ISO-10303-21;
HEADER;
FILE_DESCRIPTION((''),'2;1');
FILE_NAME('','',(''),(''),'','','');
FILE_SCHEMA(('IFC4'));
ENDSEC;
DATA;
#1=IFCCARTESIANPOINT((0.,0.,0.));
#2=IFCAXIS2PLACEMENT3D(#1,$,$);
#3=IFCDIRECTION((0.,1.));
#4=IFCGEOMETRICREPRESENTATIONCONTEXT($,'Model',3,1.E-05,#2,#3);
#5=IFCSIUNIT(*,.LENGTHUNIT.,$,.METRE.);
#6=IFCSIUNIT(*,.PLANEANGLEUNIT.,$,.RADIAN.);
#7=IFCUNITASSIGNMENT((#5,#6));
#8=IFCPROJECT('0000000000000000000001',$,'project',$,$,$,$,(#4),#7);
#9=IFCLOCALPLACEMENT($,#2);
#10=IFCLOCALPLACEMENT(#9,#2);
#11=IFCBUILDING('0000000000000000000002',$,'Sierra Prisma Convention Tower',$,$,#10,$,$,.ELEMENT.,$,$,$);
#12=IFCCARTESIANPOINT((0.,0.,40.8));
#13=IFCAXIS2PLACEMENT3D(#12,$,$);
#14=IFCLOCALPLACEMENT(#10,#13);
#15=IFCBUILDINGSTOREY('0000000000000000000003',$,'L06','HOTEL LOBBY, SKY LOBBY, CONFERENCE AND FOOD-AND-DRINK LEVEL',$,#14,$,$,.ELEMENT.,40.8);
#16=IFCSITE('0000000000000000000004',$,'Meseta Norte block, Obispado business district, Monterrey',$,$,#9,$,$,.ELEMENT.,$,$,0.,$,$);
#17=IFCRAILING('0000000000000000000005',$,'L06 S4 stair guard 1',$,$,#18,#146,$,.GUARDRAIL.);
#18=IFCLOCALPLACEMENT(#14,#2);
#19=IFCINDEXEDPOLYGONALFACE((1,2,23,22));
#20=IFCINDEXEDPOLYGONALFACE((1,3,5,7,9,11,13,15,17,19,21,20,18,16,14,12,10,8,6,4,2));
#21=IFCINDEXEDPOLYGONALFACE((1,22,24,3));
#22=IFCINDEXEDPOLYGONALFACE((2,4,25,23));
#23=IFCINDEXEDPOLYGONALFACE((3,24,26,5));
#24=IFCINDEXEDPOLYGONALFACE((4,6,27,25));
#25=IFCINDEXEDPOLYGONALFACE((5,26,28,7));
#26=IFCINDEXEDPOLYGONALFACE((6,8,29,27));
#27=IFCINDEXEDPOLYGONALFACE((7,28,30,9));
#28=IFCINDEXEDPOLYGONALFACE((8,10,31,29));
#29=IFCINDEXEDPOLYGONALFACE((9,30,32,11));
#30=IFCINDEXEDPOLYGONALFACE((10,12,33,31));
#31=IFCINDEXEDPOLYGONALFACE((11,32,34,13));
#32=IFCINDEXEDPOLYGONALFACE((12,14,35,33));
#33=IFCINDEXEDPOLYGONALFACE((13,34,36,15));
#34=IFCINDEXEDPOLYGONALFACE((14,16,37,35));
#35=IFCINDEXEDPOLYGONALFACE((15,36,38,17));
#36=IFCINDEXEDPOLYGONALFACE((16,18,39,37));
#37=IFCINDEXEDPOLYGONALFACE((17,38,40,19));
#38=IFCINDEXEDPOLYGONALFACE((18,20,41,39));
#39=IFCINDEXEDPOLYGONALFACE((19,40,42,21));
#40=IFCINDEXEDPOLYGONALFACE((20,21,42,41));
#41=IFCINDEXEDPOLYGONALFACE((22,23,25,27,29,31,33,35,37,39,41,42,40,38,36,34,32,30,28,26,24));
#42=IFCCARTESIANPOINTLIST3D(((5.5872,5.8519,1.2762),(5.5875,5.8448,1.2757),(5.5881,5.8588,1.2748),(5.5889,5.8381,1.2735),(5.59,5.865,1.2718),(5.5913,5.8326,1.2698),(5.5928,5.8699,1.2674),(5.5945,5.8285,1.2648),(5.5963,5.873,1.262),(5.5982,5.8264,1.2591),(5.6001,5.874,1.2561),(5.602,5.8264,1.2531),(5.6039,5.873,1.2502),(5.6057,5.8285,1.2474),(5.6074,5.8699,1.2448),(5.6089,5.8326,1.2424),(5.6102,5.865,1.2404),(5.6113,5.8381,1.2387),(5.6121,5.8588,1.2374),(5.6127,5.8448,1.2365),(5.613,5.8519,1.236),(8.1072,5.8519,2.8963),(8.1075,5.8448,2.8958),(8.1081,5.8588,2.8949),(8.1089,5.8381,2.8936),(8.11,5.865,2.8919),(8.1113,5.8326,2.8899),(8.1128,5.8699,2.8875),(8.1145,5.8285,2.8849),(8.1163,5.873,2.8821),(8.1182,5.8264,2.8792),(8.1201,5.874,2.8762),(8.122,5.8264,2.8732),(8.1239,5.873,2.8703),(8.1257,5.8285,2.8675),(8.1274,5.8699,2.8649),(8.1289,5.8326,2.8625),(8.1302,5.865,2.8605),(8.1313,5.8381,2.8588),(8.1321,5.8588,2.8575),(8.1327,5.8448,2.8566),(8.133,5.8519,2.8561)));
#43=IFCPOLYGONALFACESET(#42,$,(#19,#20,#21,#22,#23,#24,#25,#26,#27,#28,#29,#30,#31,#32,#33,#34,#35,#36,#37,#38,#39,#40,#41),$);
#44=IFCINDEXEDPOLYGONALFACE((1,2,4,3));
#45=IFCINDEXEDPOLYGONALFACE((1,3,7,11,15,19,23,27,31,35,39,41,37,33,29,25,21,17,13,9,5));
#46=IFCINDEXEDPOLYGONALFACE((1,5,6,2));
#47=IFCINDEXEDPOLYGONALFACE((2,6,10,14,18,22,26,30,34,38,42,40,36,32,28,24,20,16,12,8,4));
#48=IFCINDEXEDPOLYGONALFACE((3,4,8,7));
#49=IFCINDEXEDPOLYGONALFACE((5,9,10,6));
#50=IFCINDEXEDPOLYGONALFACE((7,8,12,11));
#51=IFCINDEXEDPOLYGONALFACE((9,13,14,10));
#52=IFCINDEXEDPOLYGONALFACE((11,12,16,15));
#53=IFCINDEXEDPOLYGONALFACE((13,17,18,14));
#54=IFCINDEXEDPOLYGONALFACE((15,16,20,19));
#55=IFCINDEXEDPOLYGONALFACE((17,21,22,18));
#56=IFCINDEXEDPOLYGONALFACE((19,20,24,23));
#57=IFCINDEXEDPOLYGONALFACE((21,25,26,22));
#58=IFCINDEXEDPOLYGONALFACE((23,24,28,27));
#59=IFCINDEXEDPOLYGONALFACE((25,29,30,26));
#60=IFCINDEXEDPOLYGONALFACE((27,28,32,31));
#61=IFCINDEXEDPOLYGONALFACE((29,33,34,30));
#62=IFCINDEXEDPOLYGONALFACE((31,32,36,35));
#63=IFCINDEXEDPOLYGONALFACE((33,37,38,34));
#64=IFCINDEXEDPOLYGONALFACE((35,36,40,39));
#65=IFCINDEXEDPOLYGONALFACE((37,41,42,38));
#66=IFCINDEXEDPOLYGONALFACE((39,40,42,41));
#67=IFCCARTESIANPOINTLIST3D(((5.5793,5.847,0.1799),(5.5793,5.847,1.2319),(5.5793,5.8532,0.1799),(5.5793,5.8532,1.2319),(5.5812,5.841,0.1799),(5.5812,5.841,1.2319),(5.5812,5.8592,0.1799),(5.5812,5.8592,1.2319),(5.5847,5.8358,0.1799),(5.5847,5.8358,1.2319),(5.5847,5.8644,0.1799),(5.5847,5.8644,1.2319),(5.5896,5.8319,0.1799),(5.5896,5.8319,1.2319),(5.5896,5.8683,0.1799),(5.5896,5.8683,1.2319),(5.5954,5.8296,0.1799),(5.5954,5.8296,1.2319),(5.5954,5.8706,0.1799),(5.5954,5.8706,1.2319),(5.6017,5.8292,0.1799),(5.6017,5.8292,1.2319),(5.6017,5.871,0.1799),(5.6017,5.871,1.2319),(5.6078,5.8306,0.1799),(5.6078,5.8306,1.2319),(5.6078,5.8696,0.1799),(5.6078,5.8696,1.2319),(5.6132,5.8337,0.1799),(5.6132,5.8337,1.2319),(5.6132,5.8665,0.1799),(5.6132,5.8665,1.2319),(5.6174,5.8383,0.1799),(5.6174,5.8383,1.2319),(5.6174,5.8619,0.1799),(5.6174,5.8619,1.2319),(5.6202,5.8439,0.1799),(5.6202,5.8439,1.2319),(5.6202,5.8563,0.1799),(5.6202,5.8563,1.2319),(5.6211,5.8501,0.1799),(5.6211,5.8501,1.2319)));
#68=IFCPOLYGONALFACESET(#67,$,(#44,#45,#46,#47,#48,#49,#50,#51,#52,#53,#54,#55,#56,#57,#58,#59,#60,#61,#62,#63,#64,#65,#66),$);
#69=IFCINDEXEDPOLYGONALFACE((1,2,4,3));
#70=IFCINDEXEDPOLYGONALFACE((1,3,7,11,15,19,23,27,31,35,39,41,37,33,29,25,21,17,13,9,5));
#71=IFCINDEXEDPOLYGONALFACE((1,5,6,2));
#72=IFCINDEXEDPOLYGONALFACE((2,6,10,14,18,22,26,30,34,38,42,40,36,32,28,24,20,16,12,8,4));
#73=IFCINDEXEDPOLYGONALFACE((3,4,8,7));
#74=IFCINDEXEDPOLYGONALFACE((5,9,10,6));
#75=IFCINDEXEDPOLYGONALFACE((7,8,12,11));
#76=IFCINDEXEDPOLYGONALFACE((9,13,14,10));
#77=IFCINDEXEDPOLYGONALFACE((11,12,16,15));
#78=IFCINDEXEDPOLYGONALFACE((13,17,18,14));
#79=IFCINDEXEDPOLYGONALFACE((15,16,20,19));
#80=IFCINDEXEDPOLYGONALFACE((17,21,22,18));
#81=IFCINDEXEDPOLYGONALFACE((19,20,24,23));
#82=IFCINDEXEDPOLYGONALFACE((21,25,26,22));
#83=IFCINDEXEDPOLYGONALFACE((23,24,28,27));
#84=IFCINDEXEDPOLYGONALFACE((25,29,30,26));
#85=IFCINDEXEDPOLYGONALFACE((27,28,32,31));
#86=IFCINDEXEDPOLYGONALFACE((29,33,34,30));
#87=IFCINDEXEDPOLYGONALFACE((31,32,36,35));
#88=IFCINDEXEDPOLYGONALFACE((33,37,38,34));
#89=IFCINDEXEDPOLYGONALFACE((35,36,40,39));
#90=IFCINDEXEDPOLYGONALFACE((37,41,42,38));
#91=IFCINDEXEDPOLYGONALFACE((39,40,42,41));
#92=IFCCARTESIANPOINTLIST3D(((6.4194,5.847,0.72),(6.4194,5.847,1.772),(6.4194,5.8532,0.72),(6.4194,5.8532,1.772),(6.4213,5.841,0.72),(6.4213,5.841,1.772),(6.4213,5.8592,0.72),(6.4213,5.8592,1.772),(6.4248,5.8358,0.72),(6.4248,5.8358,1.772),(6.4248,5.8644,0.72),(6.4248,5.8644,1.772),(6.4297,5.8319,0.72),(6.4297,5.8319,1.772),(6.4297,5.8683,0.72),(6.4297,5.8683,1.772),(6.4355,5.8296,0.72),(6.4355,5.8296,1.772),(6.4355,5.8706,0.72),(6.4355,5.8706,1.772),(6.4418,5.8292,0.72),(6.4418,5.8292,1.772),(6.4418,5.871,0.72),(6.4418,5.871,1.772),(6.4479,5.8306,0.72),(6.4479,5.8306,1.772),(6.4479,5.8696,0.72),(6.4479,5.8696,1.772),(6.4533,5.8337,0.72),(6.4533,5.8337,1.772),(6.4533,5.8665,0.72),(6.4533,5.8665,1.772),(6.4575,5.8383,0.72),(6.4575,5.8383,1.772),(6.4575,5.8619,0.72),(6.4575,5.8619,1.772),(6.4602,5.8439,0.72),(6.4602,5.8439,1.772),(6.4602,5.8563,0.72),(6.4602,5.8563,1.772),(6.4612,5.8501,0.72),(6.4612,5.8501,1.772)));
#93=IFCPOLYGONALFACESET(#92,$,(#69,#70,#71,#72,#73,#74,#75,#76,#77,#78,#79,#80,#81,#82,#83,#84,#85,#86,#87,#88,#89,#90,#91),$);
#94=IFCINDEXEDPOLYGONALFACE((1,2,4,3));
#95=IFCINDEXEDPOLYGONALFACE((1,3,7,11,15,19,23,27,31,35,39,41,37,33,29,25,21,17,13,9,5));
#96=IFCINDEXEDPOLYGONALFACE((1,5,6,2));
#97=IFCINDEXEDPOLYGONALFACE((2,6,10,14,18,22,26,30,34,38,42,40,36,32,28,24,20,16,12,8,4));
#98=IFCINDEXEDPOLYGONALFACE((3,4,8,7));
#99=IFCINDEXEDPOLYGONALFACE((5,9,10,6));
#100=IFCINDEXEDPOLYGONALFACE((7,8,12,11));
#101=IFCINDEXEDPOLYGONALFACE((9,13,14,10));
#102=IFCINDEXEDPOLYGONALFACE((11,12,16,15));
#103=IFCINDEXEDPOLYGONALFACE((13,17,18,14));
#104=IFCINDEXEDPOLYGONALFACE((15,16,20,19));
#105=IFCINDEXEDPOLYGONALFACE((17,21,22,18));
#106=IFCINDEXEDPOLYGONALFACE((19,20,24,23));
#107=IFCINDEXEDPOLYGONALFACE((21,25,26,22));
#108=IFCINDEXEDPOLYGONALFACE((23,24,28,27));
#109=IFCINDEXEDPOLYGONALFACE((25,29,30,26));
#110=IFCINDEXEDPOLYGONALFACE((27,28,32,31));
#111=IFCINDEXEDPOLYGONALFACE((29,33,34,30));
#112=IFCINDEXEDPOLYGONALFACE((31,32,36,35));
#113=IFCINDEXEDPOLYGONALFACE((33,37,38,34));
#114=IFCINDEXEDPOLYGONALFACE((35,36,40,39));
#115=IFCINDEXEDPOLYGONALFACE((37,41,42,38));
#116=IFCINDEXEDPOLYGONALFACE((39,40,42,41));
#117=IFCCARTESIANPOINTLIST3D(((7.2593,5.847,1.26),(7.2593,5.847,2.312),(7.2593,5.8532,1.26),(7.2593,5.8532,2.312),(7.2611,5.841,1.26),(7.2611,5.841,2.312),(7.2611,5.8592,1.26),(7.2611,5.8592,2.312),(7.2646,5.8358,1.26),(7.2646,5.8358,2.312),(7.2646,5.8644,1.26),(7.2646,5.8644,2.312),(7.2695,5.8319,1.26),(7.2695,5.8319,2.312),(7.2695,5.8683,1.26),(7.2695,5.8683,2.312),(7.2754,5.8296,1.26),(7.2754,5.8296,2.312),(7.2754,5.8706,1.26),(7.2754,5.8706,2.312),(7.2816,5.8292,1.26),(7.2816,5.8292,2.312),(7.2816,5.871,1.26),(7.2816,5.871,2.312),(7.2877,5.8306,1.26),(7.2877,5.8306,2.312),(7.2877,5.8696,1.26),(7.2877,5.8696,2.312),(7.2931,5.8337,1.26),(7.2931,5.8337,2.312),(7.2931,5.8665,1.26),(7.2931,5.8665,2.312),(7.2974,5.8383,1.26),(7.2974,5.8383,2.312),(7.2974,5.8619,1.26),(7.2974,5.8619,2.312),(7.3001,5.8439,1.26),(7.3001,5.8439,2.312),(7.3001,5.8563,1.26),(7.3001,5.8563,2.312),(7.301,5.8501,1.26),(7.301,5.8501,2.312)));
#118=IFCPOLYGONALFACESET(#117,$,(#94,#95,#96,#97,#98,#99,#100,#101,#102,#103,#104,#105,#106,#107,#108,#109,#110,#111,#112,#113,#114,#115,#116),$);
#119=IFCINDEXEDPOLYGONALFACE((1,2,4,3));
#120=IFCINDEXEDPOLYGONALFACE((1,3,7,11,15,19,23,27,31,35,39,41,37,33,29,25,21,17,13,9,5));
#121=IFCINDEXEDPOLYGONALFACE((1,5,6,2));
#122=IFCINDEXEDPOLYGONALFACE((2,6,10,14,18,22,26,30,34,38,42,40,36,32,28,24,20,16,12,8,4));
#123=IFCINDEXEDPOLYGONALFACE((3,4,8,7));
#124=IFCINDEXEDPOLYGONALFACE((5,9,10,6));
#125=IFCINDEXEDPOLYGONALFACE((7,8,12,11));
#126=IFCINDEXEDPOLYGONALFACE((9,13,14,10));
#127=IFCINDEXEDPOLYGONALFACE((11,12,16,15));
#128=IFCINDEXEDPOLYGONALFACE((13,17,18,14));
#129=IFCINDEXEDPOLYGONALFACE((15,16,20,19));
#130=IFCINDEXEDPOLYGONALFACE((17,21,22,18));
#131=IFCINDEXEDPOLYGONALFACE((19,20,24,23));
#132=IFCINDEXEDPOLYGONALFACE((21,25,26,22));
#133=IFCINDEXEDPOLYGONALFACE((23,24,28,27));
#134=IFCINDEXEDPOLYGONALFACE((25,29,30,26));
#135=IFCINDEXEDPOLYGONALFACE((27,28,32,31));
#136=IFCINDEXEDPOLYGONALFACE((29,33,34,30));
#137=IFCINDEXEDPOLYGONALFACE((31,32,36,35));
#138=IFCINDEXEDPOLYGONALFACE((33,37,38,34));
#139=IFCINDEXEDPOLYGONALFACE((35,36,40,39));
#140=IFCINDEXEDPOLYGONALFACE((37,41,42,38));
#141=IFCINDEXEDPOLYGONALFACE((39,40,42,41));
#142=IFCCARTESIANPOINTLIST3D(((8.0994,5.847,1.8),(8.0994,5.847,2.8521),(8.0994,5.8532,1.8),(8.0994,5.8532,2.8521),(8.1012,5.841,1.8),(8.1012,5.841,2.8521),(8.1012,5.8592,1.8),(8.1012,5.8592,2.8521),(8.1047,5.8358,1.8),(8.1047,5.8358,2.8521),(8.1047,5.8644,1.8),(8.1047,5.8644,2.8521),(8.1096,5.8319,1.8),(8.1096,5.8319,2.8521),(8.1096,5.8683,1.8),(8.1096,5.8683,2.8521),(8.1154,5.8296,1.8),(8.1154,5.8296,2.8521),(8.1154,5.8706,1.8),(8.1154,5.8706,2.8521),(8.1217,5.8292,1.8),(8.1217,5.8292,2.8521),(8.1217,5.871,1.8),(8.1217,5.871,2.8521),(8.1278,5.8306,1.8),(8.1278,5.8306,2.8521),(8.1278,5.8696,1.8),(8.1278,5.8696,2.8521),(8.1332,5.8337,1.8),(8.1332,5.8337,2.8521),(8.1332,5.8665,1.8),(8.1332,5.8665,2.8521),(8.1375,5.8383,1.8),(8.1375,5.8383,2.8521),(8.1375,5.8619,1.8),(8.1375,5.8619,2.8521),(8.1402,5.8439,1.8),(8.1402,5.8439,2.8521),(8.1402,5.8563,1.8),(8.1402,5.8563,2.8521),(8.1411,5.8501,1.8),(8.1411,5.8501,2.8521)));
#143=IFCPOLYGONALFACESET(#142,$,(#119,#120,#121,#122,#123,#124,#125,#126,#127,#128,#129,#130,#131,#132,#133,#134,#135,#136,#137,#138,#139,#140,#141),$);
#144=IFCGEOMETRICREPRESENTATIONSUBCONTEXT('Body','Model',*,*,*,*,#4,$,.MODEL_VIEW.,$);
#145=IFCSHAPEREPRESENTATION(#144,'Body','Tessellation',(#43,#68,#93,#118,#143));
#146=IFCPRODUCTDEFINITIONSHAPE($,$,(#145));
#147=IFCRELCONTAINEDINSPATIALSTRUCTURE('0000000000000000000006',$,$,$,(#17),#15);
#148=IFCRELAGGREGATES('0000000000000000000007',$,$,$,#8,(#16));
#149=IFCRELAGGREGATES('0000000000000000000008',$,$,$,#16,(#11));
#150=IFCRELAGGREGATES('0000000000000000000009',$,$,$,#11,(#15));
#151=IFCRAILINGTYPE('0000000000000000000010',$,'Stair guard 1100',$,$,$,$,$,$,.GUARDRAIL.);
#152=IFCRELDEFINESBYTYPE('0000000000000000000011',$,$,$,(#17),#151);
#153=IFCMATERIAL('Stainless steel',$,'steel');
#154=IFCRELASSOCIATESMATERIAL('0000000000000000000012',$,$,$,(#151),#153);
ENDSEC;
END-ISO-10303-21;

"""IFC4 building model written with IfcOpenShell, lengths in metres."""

from ifc_helpers import new_model, si_unit, direction, frame, origin, origin_2d, place, context, subcontext, project, spatial, circle, extrude, material, type_object, element, save


model = new_model("IFC4")

# Units and contexts
model_context = context("Model", 3, precision=1e-05, world=origin(), true_north=direction((0.0, 1.0)))
body_context = subcontext(model_context, "Body", "Model", "MODEL_VIEW")
ifc_project = project(units=[si_unit("LENGTHUNIT", "METRE"), si_unit("PLANEANGLEUNIT", "RADIAN")], contexts=[model_context])

# Site, building, storey
site_placement = place(None, origin())
site = spatial("IfcSite", under=ifc_project, at=site_placement, Name="Meseta Norte block, Obispado business district, Monterrey", CompositionType="ELEMENT", RefElevation=0.0)
building_placement = place(site_placement, origin())
building = spatial("IfcBuilding", under=site, at=building_placement, Name="Sierra Prisma Convention Tower", CompositionType="ELEMENT")
storey_placement = place(building_placement, frame((0.0, 0.0, 40.8)))
storey = spatial("IfcBuildingStorey", under=building, at=storey_placement, Name="L06", Description="HOTEL LOBBY, SKY LOBBY, CONFERENCE AND FOOD-AND-DRINK LEVEL", CompositionType="ELEMENT", Elevation=40.8)

# Railing
ifc_material_1 = material(Name="Stainless steel", Category="steel")
railing_type_1 = type_object("IfcRailingType", Name="Stair guard 1100", PredefinedType="GUARDRAIL", material=ifc_material_1)
railing_1_placement = place(storey_placement, frame((5.6001, 5.8501, 0.1799)))
element("IfcRailing", 1, at=railing_1_placement, inside=storey, type_object=railing_type_1, Name="L06 S4 stair guard 1", PredefinedType="GUARDRAIL", context=body_context, shape_type="SweptSolid", body=[
    extrude(circle(Radius=0.0239, at=origin_2d()), frame((0.0, 0.0, 1.0762), z_axis=(0.841163, 0.0, 0.540782), x_axis=(0.0, 1.0, 0.0)), (0.0, 0.0, 1.0), 2.9958),
    extrude(circle(Radius=0.021, at=origin_2d()), origin(), (0.0, 0.0, 1.0), 1.052),
    extrude(circle(Radius=0.021, at=origin_2d()), frame((0.8401, 0.0, 0.54)), (0.0, 0.0, 1.0), 1.052),
    extrude(circle(Radius=0.021, at=origin_2d()), frame((1.6799, 0.0, 1.0801)), (0.0, 0.0, 1.0), 1.052),
    extrude(circle(Radius=0.021, at=origin_2d()), frame((2.52, 0.0, 1.6201)), (0.0, 0.0, 1.0), 1.052),
])

save(model, "model.ifc")
